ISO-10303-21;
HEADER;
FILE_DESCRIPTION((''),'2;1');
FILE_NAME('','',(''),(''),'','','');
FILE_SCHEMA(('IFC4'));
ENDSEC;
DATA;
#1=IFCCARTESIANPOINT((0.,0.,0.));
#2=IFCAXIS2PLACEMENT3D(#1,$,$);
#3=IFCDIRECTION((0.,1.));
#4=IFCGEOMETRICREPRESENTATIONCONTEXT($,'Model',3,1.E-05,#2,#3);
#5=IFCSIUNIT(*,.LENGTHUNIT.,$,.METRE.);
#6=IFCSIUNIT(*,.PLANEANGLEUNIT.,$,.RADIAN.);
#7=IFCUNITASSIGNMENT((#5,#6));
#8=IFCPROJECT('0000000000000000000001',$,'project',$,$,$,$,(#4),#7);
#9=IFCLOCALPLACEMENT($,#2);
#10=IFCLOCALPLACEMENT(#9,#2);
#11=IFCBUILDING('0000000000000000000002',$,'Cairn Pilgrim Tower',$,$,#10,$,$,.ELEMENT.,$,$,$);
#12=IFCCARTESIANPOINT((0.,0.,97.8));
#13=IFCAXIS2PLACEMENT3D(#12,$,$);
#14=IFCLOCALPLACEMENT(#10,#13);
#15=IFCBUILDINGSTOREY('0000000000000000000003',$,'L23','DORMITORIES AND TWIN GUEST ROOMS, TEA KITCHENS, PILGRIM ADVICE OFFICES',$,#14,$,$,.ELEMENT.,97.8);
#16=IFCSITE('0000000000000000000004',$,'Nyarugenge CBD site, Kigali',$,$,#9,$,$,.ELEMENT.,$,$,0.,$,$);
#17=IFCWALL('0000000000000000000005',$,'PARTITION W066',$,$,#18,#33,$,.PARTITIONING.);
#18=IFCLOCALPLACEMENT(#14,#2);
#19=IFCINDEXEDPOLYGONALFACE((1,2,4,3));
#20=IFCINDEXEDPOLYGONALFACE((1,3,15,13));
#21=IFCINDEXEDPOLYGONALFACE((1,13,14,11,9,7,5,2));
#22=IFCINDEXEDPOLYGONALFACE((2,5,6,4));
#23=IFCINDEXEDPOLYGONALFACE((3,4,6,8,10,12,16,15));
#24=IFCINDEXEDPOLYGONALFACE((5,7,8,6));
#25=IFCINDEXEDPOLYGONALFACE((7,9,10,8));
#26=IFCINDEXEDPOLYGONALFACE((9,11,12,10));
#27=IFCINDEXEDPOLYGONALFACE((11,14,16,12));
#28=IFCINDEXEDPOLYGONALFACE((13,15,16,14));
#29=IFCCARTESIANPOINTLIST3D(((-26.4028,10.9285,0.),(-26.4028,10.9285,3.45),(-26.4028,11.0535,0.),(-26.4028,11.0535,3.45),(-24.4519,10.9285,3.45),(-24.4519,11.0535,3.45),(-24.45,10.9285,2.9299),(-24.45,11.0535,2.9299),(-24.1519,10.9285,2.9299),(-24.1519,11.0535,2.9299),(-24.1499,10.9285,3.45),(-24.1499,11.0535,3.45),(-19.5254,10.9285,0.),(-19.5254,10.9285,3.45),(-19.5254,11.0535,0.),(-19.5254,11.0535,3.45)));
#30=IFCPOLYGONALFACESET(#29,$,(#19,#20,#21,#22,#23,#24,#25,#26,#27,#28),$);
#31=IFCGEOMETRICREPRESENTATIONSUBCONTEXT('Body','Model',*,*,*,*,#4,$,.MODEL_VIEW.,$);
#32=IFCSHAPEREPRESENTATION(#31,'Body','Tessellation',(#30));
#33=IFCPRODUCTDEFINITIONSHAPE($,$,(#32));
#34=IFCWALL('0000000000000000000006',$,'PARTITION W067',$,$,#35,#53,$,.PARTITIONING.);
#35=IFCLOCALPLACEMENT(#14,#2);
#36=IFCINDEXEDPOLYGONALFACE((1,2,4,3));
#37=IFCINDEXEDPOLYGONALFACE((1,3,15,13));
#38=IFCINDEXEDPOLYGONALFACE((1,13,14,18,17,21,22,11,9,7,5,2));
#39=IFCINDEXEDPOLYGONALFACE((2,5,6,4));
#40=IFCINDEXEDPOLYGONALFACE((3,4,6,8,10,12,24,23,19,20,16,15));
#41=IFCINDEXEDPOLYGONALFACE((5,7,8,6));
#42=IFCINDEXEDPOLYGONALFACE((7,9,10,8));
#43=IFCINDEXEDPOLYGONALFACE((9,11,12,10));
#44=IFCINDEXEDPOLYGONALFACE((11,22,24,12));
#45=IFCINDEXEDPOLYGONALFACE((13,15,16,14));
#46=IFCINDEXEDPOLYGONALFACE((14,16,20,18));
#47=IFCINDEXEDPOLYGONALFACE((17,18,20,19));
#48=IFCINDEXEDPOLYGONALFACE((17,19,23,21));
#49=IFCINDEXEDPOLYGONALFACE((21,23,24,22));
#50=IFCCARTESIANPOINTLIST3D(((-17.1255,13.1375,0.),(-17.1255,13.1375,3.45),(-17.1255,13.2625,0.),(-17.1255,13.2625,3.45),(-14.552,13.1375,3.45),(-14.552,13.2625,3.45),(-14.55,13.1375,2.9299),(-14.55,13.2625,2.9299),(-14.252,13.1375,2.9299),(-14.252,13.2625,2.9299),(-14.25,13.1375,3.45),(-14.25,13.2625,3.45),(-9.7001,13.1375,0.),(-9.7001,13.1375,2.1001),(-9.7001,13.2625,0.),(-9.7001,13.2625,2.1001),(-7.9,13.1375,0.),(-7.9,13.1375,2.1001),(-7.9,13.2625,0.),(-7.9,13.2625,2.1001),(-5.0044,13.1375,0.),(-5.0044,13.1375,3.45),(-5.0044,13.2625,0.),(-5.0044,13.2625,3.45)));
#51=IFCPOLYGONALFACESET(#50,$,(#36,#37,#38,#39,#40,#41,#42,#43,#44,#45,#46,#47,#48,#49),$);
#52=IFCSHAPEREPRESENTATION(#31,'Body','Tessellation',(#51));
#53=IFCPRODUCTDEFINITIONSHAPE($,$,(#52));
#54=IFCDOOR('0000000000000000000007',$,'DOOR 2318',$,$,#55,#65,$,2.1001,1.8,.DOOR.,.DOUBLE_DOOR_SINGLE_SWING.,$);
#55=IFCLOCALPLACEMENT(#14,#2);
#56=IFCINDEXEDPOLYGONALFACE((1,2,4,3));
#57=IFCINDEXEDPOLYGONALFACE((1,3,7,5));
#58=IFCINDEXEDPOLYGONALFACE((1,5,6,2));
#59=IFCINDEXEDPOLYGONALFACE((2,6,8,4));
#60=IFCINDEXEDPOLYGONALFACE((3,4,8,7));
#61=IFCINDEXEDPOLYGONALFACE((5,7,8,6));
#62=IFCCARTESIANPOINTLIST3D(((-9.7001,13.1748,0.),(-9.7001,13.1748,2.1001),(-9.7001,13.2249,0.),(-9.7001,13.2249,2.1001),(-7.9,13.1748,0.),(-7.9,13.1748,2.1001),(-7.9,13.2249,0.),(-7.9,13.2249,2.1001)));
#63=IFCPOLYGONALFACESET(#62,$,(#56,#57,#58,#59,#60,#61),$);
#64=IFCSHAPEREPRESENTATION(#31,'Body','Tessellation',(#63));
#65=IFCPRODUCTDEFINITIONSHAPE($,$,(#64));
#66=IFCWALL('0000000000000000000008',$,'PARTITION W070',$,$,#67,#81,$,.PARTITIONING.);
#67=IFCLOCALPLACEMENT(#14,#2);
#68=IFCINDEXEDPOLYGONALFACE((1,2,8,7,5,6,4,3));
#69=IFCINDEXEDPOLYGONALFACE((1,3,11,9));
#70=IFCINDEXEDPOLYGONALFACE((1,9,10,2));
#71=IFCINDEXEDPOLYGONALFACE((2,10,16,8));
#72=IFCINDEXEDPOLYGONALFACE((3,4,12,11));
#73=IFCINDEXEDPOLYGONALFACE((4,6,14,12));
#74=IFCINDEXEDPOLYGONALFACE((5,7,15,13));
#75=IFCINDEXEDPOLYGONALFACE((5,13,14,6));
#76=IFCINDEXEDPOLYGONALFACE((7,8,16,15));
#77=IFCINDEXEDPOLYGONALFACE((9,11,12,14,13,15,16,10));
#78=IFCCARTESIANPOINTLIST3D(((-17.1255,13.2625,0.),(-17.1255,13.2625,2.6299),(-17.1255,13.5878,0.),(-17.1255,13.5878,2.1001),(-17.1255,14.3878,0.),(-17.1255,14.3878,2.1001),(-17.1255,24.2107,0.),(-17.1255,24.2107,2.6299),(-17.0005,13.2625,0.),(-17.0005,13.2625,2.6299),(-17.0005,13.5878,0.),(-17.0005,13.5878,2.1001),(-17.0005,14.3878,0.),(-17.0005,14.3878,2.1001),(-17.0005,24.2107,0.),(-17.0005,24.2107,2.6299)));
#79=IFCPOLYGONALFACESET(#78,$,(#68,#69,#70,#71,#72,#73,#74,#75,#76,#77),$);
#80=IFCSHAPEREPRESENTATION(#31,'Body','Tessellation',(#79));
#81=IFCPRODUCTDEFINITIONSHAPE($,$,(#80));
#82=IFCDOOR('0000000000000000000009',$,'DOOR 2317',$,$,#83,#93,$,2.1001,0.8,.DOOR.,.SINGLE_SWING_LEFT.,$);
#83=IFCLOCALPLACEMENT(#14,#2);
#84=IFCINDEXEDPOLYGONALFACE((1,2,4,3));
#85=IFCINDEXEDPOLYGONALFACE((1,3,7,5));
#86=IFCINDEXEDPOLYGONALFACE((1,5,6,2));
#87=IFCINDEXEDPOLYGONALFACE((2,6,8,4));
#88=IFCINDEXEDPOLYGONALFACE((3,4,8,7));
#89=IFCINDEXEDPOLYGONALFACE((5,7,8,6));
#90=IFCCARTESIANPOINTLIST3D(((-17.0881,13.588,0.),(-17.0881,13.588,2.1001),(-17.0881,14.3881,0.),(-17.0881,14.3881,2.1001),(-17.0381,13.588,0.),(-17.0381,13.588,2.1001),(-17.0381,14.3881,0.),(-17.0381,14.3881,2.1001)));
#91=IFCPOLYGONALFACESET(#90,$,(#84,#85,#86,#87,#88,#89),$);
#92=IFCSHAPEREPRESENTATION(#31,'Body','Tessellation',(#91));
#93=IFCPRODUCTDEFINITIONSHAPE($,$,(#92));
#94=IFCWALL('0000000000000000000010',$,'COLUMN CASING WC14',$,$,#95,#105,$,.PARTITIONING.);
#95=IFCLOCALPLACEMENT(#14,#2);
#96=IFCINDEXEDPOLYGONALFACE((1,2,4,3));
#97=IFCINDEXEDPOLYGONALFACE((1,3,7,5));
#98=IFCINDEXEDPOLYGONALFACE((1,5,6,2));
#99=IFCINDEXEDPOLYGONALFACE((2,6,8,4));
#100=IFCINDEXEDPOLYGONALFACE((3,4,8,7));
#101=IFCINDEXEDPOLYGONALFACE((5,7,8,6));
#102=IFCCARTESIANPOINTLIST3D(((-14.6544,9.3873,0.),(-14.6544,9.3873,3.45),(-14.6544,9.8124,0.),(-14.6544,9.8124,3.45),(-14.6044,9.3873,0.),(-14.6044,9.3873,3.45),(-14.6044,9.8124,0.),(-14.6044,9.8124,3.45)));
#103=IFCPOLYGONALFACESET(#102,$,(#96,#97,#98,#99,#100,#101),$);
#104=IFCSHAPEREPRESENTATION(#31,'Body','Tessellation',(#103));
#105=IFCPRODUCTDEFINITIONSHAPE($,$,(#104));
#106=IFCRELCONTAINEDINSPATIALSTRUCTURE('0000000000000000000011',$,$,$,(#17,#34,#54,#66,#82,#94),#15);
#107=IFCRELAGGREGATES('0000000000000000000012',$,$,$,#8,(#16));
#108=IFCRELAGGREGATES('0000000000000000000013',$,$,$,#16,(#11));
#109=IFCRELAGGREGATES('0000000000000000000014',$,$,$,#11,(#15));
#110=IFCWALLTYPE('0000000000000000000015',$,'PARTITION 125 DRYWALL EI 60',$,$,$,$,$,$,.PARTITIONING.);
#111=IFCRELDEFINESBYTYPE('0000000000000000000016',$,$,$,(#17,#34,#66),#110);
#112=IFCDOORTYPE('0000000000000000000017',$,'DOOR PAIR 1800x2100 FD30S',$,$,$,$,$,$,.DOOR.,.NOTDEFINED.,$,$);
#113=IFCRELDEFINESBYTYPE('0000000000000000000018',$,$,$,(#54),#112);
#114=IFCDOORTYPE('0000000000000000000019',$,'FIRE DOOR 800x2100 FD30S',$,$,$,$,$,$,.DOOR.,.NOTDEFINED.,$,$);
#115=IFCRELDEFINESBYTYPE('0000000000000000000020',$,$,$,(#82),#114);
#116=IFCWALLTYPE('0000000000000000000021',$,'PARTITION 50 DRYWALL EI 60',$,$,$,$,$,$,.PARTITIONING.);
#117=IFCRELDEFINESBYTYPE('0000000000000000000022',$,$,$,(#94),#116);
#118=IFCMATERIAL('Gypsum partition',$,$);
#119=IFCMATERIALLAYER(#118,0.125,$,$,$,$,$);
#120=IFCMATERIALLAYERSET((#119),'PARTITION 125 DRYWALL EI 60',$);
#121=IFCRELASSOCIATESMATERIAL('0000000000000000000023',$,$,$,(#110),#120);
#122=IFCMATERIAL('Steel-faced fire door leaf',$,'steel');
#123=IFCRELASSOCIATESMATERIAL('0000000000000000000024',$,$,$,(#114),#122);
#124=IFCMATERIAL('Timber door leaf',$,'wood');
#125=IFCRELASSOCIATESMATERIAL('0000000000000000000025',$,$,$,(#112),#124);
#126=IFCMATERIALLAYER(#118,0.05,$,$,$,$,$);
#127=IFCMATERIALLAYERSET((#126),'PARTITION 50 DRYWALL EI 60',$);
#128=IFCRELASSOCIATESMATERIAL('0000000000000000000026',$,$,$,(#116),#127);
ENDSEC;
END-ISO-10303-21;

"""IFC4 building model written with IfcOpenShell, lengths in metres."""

from ifc_helpers import new_model, si_unit, direction, frame, frame_2d, origin, place, context, subcontext, project, spatial, polyline, rectangle, outline, extrude, material, layer, layer_set, type_object, element, fill, save


model = new_model("IFC4")

# Units and contexts
model_context = context("Model", 3, precision=1e-05, world=origin(), true_north=direction((0.0, 1.0)))
body_context = subcontext(model_context, "Body", "Model", "MODEL_VIEW")
ifc_project = project(units=[si_unit("LENGTHUNIT", "METRE"), si_unit("PLANEANGLEUNIT", "RADIAN")], contexts=[model_context])

# Site, building, storey
site_placement = place(None, origin())
site = spatial("IfcSite", under=ifc_project, at=site_placement, Name="Nyarugenge CBD site, Kigali", CompositionType="ELEMENT", RefElevation=0.0)
building_placement = place(site_placement, origin())
building = spatial("IfcBuilding", under=site, at=building_placement, Name="Cairn Pilgrim Tower", CompositionType="ELEMENT")
storey_placement = place(building_placement, frame((0.0, 0.0, 97.8)))
storey = spatial("IfcBuildingStorey", under=building, at=storey_placement, Name="L23", Description="DORMITORIES AND TWIN GUEST ROOMS, TEA KITCHENS, PILGRIM ADVICE OFFICES", CompositionType="ELEMENT", Elevation=97.8)

# Shared definitions
ifc_material_1 = material(Name="Gypsum partition")
ifc_layer_1 = layer(ifc_material_1, 0.125)
ifc_layer_set_1 = layer_set([ifc_layer_1], Name="PARTITION 125 DRYWALL EI 60")
wall_type_1 = type_object("IfcWallType", Name="PARTITION 125 DRYWALL EI 60", PredefinedType="PARTITIONING", material=ifc_layer_set_1)

# Shared definitions
ifc_material_2 = material(Name="Steel-faced fire door leaf", Category="steel")
door_type_1 = type_object("IfcDoorType", Name="FIRE DOOR 800x2100 FD30S", OperationType="NOTDEFINED", PredefinedType="DOOR", material=ifc_material_2)

# Wall
wall_1_placement = place(storey_placement, frame((-26.4028, 10.991, 0.0), z_axis=(0.0, 0.0, 1.0), x_axis=(1.0, 0.0, 0.0)))
element("IfcWall", 1, at=wall_1_placement, inside=storey, type_object=wall_type_1, Name="PARTITION W066", PredefinedType="PARTITIONING", context=body_context, shape_type="SweptSolid", body=[
    extrude(outline(polyline([(0.0, 0.0), (6.8774, 0.0), (6.8774, 3.45), (2.2529, 3.45), (2.251, 2.9299), (1.9529, 2.9299), (1.9509, 3.45), (0.0, 3.45), (0.0, 0.0)])), frame((0.0, 0.0625, 0.0), z_axis=(0.0, -1.0, 0.0), x_axis=(1.0, 0.0, 0.0)), (0.0, 0.0, 1.0), 0.125),
])

# Walls, openings, doors
wall_2_placement = place(storey_placement, frame((-17.1255, 13.2, 0.0), z_axis=(0.0, 0.0, 1.0), x_axis=(1.0, 0.0, 0.0)))
wall_2 = element("IfcWall", 2, at=wall_2_placement, inside=storey, type_object=wall_type_1, Name="PARTITION W067", PredefinedType="PARTITIONING", context=body_context, shape_type="SweptSolid", body=[
    extrude(outline(polyline([(0.0, 0.0), (12.1211, 0.0), (12.1211, 3.45), (2.8755, 3.45), (2.8735, 2.9299), (2.5754, 2.9299), (2.5735, 3.45), (0.0, 3.45), (0.0, 0.0)])), frame((0.0, 0.0625, 0.0), z_axis=(0.0, -1.0, 0.0), x_axis=(1.0, 0.0, 0.0)), (0.0, 0.0, 1.0), 0.125),
])
opening_1_placement = place(wall_2_placement, frame((7.4255, 0.0, 0.0)))
opening_1 = element("IfcOpeningElement", 3, at=opening_1_placement, cuts=wall_2, PredefinedType="OPENING", context=body_context, shape_type="SweptSolid", body=[
    extrude(rectangle(XDim=1.8, YDim=2.1001, at=frame_2d((0.8999, 1.05))), frame((0.0, 0.0725, 0.0), z_axis=(0.0, -1.0, 0.0), x_axis=(1.0, 0.0, 0.0)), (0.0, 0.0, 1.0), 0.145),
])
ifc_material_3 = material(Name="Timber door leaf", Category="wood")
door_type_2 = type_object("IfcDoorType", Name="DOOR PAIR 1800x2100 FD30S", OperationType="NOTDEFINED", PredefinedType="DOOR", material=ifc_material_3)
door_1_placement = place(opening_1_placement, origin())
door_1 = element("IfcDoor", 4, at=door_1_placement, inside=storey, type_object=door_type_2, Name="DOOR 2318", OperationType="DOUBLE_DOOR_SINGLE_SWING", OverallHeight=2.1001, OverallWidth=1.8, PredefinedType="DOOR", context=body_context, shape_type="SweptSolid", body=[
    extrude(rectangle(XDim=1.8, YDim=2.1001, at=frame_2d((0.8999, 1.05))), frame((0.0, 0.0249, 0.0), z_axis=(0.0, -1.0, 0.0), x_axis=(1.0, 0.0, 0.0)), (0.0, 0.0, 1.0), 0.05),
])
fill(opening_1, door_1)
wall_3_placement = place(storey_placement, frame((-17.063, 13.2625, 0.0), z_axis=(0.0, 0.0, 1.0), x_axis=(0.0, 1.0, 0.0)))
wall_3 = element("IfcWall", 5, at=wall_3_placement, inside=storey, type_object=wall_type_1, Name="PARTITION W070", PredefinedType="PARTITIONING", context=body_context, shape_type="SweptSolid", body=[
    extrude(outline(polyline([(0.0, 0.0), (10.9482, 0.0), (10.9482, 0.8625), (10.9482, 1.7249), (10.9482, 2.5874), (10.9482, 2.6299), (0.0, 2.6299), (0.0, 2.5874), (0.0, 1.7249), (0.0, 0.8625), (0.0, 0.0)])), frame((0.0, 0.0625, 0.0), z_axis=(0.0, -1.0, 0.0), x_axis=(1.0, 0.0, 0.0)), (0.0, 0.0, 1.0), 0.125),
])
opening_2_placement = place(wall_3_placement, frame((0.3254, 0.0, 0.0)))
opening_2 = element("IfcOpeningElement", 6, at=opening_2_placement, cuts=wall_3, PredefinedType="OPENING", context=body_context, shape_type="SweptSolid", body=[
    extrude(rectangle(XDim=0.8, YDim=2.1001, at=frame_2d((0.3999, 1.05))), frame((0.0, 0.0725, 0.0), z_axis=(0.0, -1.0, 0.0), x_axis=(1.0, 0.0, 0.0)), (0.0, 0.0, 1.0), 0.145),
])
door_2_placement = place(opening_2_placement, frame((0.8, 0.0, 0.0), z_axis=(0.0, 0.0, 1.0), x_axis=(-1.0, 0.0, 0.0)))
door_2 = element("IfcDoor", 7, at=door_2_placement, inside=storey, type_object=door_type_1, Name="DOOR 2317", OperationType="SINGLE_SWING_LEFT", OverallHeight=2.1001, OverallWidth=0.8, PredefinedType="DOOR", context=body_context, shape_type="SweptSolid", body=[
    extrude(rectangle(XDim=0.8, YDim=2.1001, at=frame_2d((0.3999, 1.05))), frame((0.0, 0.0249, 0.0), z_axis=(0.0, -1.0, 0.0), x_axis=(1.0, 0.0, 0.0)), (0.0, 0.0, 1.0), 0.05),
])
fill(opening_2, door_2)

# Wall
ifc_layer_2 = layer(ifc_material_1, 0.05)
ifc_layer_set_2 = layer_set([ifc_layer_2], Name="PARTITION 50 DRYWALL EI 60")
wall_type_2 = type_object("IfcWallType", Name="PARTITION 50 DRYWALL EI 60", PredefinedType="PARTITIONING", material=ifc_layer_set_2)
wall_4_placement = place(storey_placement, frame((-14.6294, 9.3875, 0.0), z_axis=(0.0, 0.0, 1.0), x_axis=(0.0, 1.0, 0.0)))
element("IfcWall", 8, at=wall_4_placement, inside=storey, type_object=wall_type_2, Name="COLUMN CASING WC14", PredefinedType="PARTITIONING", context=body_context, shape_type="SweptSolid", body=[
    extrude(rectangle(XDim=0.425, YDim=0.05, at=frame_2d((0.2124, 0.0))), origin(), (0.0, 0.0, 1.0), 3.45),
])

save(model, "model.ifc")
